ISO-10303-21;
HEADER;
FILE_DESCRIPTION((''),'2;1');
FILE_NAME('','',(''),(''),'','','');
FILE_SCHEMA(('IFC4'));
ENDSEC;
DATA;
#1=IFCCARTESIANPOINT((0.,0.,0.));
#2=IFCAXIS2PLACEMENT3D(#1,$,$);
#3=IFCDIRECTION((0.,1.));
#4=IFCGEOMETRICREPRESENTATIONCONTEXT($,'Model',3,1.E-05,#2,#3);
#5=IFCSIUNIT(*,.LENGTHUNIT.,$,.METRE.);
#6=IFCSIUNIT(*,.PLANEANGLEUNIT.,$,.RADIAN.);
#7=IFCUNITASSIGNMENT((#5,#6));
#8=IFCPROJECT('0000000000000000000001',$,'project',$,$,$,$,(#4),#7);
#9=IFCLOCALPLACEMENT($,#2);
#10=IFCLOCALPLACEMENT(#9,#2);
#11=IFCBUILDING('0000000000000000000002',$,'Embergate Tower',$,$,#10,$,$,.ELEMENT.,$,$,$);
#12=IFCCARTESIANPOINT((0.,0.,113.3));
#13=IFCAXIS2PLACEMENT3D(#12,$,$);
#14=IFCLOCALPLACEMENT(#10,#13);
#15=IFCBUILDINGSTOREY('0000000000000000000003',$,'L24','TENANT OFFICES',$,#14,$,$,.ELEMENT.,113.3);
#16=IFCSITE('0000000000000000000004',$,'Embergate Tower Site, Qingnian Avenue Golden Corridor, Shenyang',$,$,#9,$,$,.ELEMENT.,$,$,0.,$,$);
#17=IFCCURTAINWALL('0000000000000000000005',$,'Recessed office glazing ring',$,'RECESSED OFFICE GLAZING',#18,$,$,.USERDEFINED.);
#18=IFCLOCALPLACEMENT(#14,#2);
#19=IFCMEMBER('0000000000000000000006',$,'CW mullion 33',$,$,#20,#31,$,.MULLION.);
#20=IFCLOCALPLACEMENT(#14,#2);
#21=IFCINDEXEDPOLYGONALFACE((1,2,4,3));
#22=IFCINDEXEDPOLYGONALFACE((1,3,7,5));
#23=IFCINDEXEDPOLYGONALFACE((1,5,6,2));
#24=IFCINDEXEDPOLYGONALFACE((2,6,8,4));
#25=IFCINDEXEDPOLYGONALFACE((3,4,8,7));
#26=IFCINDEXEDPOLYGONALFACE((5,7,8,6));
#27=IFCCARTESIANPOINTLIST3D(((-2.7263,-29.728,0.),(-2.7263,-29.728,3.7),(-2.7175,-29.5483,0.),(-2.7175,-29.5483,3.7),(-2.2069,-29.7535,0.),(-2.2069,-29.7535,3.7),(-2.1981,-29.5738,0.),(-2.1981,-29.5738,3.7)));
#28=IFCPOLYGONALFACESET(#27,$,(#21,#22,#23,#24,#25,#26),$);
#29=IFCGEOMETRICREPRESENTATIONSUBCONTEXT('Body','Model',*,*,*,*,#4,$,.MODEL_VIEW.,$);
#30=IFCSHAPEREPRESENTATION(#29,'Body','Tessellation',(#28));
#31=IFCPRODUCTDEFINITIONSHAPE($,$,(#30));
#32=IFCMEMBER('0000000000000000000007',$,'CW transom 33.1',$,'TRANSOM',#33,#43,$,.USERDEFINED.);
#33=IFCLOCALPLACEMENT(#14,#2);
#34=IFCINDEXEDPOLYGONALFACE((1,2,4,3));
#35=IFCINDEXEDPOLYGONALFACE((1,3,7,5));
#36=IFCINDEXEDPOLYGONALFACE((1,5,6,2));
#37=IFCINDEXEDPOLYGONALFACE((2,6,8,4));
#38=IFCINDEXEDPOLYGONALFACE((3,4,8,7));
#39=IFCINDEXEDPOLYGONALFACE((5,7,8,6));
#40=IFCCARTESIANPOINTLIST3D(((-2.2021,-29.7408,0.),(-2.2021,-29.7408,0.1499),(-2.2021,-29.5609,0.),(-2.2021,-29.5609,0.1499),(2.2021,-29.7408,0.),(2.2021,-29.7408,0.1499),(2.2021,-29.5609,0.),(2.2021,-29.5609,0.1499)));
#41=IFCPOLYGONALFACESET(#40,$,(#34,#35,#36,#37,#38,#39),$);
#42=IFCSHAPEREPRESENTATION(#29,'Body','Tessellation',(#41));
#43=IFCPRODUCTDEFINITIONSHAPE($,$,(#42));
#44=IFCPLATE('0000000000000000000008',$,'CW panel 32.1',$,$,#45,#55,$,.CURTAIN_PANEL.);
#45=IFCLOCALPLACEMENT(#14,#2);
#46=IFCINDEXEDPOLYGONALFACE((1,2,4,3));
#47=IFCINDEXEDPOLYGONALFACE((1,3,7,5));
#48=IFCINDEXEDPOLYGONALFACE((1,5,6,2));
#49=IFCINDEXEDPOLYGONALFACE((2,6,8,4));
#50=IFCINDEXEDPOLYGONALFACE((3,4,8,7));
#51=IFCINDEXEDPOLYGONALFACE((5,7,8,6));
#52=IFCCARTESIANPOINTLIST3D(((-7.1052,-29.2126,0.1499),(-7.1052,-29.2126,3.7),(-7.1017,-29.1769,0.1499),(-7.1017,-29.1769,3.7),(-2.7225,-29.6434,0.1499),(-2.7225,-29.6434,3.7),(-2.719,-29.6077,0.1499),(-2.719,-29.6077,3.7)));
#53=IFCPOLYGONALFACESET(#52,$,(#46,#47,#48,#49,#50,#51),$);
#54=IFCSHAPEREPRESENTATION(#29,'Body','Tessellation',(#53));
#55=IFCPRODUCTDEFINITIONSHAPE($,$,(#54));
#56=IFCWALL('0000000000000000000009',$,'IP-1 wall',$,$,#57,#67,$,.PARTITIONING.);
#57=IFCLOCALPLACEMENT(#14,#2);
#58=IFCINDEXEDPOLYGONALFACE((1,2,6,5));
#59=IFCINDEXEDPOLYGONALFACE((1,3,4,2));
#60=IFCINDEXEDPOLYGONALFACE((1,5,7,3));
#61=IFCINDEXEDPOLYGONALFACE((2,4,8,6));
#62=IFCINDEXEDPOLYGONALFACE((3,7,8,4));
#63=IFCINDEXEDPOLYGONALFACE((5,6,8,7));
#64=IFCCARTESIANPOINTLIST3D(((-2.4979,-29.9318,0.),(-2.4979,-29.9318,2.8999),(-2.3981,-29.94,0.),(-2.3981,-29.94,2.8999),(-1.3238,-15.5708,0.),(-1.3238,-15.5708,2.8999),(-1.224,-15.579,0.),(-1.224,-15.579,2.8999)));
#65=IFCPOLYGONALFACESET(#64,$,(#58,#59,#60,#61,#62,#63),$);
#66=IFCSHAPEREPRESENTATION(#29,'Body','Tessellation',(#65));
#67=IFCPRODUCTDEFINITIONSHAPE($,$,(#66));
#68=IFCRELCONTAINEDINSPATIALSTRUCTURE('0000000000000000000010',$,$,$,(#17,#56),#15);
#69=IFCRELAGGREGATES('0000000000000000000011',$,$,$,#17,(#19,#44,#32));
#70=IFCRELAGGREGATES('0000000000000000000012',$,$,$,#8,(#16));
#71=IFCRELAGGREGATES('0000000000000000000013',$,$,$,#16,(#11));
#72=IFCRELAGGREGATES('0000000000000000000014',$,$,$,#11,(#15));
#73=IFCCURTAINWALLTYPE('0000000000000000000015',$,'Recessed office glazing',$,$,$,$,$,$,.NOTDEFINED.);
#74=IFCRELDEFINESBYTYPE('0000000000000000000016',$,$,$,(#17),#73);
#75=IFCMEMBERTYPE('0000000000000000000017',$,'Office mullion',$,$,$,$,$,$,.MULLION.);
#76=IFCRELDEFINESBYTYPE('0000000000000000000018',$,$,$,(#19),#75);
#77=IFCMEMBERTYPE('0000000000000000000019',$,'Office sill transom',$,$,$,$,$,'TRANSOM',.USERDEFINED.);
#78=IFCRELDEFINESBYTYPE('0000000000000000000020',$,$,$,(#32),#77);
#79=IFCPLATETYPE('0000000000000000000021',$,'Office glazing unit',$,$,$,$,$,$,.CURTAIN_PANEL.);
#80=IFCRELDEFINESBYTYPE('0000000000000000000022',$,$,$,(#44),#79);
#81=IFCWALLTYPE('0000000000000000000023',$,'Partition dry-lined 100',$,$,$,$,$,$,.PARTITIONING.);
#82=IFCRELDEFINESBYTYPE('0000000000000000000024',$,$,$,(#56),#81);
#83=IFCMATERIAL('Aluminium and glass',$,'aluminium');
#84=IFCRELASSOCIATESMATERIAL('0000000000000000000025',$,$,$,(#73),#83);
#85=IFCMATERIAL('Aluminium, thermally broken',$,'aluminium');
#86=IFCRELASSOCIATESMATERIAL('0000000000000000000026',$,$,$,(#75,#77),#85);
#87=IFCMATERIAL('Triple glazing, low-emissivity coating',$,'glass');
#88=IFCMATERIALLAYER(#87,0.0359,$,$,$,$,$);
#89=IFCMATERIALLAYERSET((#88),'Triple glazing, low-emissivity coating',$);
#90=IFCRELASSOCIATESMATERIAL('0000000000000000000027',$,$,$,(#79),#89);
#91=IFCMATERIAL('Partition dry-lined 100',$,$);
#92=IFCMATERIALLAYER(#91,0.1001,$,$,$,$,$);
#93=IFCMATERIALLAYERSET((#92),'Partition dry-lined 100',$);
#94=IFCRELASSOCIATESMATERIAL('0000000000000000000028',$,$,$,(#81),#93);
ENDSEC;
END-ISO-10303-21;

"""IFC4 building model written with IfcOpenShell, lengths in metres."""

from ifc_helpers import new_model, si_unit, direction, frame, frame_2d, origin, origin_2d, place, context, subcontext, project, spatial, rectangle, extrude, source, transform, mapped, material, layer, layer_set, material_profile, profile_set, type_object, element, aggregate, save


model = new_model("IFC4")

# Units and contexts
model_context = context("Model", 3, precision=1e-05, world=origin(), true_north=direction((0.0, 1.0)))
body_context = subcontext(model_context, "Body", "Model", "MODEL_VIEW")
ifc_project = project(units=[si_unit("LENGTHUNIT", "METRE"), si_unit("PLANEANGLEUNIT", "RADIAN")], contexts=[model_context])

# Site, building, storey
site_placement = place(None, origin())
site = spatial("IfcSite", under=ifc_project, at=site_placement, Name="Embergate Tower Site, Qingnian Avenue Golden Corridor, Shenyang", CompositionType="ELEMENT", RefElevation=0.0)
building_placement = place(site_placement, origin())
building = spatial("IfcBuilding", under=site, at=building_placement, Name="Embergate Tower", CompositionType="ELEMENT")
storey_placement = place(building_placement, frame((0.0, 0.0, 113.3)))
storey = spatial("IfcBuildingStorey", under=building, at=storey_placement, Name="L24", Description="TENANT OFFICES", CompositionType="ELEMENT", Elevation=113.3)

# Curtain wall, members, plate
ifc_material_1 = material(Name="Aluminium and glass", Category="aluminium")
curtain_wall_type = type_object("IfcCurtainWallType", Name="Recessed office glazing", PredefinedType="NOTDEFINED", material=ifc_material_1)
curtain_wall_placement = place(storey_placement, origin())
curtain_wall = element("IfcCurtainWall", 1, at=curtain_wall_placement, inside=storey, type_object=curtain_wall_type, Name="Recessed office glazing ring", ObjectType="RECESSED OFFICE GLAZING", PredefinedType="USERDEFINED")
ifc_material_2 = material(Name="Aluminium, thermally broken", Category="aluminium")
ifc_material_profile_1 = material_profile(ifc_material_2, rectangle(XDim=0.1799, YDim=0.52, at=origin_2d()), Name="AL 520x180")
ifc_profile_set_1 = profile_set([ifc_material_profile_1], Name="Aluminium, thermally broken")
member_type_1 = type_object("IfcMemberType", Name="Office mullion", PredefinedType="MULLION", material=ifc_profile_set_1)
shared_shape_1 = source(origin(), body_context, "Body", "SweptSolid", [
    extrude(rectangle(XDim=0.1799, YDim=0.52, at=origin_2d()), origin(), (0.0, 0.0, 1.0), 3.7),
])
member_1_placement = place(storey_placement, frame((-2.4622, -29.6509, 0.0), z_axis=(0.0, 0.0, 1.0), x_axis=(0.048972, 0.9988, 0.0)))
member_1 = element("IfcMember", 2, at=member_1_placement, type_object=member_type_1, Name="CW mullion 33", PredefinedType="MULLION", context=body_context, shape_type="MappedRepresentation", body=[
    mapped(shared_shape_1, transform((0.0, 0.0, 0.0))),
])
ifc_material_profile_2 = material_profile(ifc_material_2, rectangle(XDim=0.1799, YDim=0.1499, at=origin_2d()), Name="AL 150x180")
ifc_profile_set_2 = profile_set([ifc_material_profile_2], Name="Aluminium, thermally broken")
member_type_2 = type_object("IfcMemberType", Name="Office sill transom", ElementType="TRANSOM", PredefinedType="USERDEFINED", material=ifc_profile_set_2)
shared_shape_2 = source(origin(), body_context, "Body", "SweptSolid", [
    extrude(rectangle(XDim=0.1799, YDim=0.1499, at=origin_2d()), origin(), (0.0, 0.0, 1.0), 4.4043),
])
member_2_placement = place(storey_placement, frame((-2.2021, -29.6509, 0.075), z_axis=(1.0, 0.0, 0.0), x_axis=(0.0, 1.0, 0.0)))
member_2 = element("IfcMember", 3, at=member_2_placement, type_object=member_type_2, Name="CW transom 33.1", ObjectType="TRANSOM", PredefinedType="USERDEFINED", context=body_context, shape_type="MappedRepresentation", body=[
    mapped(shared_shape_2, transform((0.0, 0.0, 0.0))),
])
ifc_material_3 = material(Name="Triple glazing, low-emissivity coating", Category="glass")
ifc_layer_1 = layer(ifc_material_3, 0.0359)
ifc_layer_set_1 = layer_set([ifc_layer_1], Name="Triple glazing, low-emissivity coating")
plate_type = type_object("IfcPlateType", Name="Office glazing unit", PredefinedType="CURTAIN_PANEL", material=ifc_layer_set_1)
shared_shape_3 = source(origin(), body_context, "Body", "SweptSolid", [
    extrude(rectangle(XDim=4.4038, YDim=0.0359, at=origin_2d()), origin(), (0.0, 0.0, 1.0), 3.55),
])
plate_placement = place(storey_placement, frame((-4.9121, -29.4102, 0.1499), z_axis=(0.0, 0.0, 1.0), x_axis=(0.995203, -0.097831, 0.0)))
plate = element("IfcPlate", 4, at=plate_placement, type_object=plate_type, Name="CW panel 32.1", PredefinedType="CURTAIN_PANEL", context=body_context, shape_type="MappedRepresentation", body=[
    mapped(shared_shape_3, transform((0.0, 0.0, 0.0))),
])
aggregate(curtain_wall, [member_1, plate, member_2])

# Wall
ifc_material_4 = material(Name="Partition dry-lined 100")
ifc_layer_2 = layer(ifc_material_4, 0.1001)
ifc_layer_set_2 = layer_set([ifc_layer_2], Name="Partition dry-lined 100")
wall_type = type_object("IfcWallType", Name="Partition dry-lined 100", PredefinedType="PARTITIONING", material=ifc_layer_set_2)
shared_shape_4 = source(origin(), body_context, "Body", "SweptSolid", [
    extrude(rectangle(XDim=14.4089, YDim=0.1001, at=frame_2d((7.2046, 0.0))), origin(), (0.0, 0.0, 1.0), 2.8999),
])
wall_placement = place(storey_placement, frame((-2.448, -29.936, 0.0), z_axis=(0.0, 0.0, 1.0), x_axis=(0.081482, 0.996675, 0.0)))
element("IfcWall", 5, at=wall_placement, inside=storey, type_object=wall_type, Name="IP-1 wall", PredefinedType="PARTITIONING", context=body_context, shape_type="MappedRepresentation", body=[
    mapped(shared_shape_4, transform((0.0, 0.0, 0.0))),
])

save(model, "model.ifc")
